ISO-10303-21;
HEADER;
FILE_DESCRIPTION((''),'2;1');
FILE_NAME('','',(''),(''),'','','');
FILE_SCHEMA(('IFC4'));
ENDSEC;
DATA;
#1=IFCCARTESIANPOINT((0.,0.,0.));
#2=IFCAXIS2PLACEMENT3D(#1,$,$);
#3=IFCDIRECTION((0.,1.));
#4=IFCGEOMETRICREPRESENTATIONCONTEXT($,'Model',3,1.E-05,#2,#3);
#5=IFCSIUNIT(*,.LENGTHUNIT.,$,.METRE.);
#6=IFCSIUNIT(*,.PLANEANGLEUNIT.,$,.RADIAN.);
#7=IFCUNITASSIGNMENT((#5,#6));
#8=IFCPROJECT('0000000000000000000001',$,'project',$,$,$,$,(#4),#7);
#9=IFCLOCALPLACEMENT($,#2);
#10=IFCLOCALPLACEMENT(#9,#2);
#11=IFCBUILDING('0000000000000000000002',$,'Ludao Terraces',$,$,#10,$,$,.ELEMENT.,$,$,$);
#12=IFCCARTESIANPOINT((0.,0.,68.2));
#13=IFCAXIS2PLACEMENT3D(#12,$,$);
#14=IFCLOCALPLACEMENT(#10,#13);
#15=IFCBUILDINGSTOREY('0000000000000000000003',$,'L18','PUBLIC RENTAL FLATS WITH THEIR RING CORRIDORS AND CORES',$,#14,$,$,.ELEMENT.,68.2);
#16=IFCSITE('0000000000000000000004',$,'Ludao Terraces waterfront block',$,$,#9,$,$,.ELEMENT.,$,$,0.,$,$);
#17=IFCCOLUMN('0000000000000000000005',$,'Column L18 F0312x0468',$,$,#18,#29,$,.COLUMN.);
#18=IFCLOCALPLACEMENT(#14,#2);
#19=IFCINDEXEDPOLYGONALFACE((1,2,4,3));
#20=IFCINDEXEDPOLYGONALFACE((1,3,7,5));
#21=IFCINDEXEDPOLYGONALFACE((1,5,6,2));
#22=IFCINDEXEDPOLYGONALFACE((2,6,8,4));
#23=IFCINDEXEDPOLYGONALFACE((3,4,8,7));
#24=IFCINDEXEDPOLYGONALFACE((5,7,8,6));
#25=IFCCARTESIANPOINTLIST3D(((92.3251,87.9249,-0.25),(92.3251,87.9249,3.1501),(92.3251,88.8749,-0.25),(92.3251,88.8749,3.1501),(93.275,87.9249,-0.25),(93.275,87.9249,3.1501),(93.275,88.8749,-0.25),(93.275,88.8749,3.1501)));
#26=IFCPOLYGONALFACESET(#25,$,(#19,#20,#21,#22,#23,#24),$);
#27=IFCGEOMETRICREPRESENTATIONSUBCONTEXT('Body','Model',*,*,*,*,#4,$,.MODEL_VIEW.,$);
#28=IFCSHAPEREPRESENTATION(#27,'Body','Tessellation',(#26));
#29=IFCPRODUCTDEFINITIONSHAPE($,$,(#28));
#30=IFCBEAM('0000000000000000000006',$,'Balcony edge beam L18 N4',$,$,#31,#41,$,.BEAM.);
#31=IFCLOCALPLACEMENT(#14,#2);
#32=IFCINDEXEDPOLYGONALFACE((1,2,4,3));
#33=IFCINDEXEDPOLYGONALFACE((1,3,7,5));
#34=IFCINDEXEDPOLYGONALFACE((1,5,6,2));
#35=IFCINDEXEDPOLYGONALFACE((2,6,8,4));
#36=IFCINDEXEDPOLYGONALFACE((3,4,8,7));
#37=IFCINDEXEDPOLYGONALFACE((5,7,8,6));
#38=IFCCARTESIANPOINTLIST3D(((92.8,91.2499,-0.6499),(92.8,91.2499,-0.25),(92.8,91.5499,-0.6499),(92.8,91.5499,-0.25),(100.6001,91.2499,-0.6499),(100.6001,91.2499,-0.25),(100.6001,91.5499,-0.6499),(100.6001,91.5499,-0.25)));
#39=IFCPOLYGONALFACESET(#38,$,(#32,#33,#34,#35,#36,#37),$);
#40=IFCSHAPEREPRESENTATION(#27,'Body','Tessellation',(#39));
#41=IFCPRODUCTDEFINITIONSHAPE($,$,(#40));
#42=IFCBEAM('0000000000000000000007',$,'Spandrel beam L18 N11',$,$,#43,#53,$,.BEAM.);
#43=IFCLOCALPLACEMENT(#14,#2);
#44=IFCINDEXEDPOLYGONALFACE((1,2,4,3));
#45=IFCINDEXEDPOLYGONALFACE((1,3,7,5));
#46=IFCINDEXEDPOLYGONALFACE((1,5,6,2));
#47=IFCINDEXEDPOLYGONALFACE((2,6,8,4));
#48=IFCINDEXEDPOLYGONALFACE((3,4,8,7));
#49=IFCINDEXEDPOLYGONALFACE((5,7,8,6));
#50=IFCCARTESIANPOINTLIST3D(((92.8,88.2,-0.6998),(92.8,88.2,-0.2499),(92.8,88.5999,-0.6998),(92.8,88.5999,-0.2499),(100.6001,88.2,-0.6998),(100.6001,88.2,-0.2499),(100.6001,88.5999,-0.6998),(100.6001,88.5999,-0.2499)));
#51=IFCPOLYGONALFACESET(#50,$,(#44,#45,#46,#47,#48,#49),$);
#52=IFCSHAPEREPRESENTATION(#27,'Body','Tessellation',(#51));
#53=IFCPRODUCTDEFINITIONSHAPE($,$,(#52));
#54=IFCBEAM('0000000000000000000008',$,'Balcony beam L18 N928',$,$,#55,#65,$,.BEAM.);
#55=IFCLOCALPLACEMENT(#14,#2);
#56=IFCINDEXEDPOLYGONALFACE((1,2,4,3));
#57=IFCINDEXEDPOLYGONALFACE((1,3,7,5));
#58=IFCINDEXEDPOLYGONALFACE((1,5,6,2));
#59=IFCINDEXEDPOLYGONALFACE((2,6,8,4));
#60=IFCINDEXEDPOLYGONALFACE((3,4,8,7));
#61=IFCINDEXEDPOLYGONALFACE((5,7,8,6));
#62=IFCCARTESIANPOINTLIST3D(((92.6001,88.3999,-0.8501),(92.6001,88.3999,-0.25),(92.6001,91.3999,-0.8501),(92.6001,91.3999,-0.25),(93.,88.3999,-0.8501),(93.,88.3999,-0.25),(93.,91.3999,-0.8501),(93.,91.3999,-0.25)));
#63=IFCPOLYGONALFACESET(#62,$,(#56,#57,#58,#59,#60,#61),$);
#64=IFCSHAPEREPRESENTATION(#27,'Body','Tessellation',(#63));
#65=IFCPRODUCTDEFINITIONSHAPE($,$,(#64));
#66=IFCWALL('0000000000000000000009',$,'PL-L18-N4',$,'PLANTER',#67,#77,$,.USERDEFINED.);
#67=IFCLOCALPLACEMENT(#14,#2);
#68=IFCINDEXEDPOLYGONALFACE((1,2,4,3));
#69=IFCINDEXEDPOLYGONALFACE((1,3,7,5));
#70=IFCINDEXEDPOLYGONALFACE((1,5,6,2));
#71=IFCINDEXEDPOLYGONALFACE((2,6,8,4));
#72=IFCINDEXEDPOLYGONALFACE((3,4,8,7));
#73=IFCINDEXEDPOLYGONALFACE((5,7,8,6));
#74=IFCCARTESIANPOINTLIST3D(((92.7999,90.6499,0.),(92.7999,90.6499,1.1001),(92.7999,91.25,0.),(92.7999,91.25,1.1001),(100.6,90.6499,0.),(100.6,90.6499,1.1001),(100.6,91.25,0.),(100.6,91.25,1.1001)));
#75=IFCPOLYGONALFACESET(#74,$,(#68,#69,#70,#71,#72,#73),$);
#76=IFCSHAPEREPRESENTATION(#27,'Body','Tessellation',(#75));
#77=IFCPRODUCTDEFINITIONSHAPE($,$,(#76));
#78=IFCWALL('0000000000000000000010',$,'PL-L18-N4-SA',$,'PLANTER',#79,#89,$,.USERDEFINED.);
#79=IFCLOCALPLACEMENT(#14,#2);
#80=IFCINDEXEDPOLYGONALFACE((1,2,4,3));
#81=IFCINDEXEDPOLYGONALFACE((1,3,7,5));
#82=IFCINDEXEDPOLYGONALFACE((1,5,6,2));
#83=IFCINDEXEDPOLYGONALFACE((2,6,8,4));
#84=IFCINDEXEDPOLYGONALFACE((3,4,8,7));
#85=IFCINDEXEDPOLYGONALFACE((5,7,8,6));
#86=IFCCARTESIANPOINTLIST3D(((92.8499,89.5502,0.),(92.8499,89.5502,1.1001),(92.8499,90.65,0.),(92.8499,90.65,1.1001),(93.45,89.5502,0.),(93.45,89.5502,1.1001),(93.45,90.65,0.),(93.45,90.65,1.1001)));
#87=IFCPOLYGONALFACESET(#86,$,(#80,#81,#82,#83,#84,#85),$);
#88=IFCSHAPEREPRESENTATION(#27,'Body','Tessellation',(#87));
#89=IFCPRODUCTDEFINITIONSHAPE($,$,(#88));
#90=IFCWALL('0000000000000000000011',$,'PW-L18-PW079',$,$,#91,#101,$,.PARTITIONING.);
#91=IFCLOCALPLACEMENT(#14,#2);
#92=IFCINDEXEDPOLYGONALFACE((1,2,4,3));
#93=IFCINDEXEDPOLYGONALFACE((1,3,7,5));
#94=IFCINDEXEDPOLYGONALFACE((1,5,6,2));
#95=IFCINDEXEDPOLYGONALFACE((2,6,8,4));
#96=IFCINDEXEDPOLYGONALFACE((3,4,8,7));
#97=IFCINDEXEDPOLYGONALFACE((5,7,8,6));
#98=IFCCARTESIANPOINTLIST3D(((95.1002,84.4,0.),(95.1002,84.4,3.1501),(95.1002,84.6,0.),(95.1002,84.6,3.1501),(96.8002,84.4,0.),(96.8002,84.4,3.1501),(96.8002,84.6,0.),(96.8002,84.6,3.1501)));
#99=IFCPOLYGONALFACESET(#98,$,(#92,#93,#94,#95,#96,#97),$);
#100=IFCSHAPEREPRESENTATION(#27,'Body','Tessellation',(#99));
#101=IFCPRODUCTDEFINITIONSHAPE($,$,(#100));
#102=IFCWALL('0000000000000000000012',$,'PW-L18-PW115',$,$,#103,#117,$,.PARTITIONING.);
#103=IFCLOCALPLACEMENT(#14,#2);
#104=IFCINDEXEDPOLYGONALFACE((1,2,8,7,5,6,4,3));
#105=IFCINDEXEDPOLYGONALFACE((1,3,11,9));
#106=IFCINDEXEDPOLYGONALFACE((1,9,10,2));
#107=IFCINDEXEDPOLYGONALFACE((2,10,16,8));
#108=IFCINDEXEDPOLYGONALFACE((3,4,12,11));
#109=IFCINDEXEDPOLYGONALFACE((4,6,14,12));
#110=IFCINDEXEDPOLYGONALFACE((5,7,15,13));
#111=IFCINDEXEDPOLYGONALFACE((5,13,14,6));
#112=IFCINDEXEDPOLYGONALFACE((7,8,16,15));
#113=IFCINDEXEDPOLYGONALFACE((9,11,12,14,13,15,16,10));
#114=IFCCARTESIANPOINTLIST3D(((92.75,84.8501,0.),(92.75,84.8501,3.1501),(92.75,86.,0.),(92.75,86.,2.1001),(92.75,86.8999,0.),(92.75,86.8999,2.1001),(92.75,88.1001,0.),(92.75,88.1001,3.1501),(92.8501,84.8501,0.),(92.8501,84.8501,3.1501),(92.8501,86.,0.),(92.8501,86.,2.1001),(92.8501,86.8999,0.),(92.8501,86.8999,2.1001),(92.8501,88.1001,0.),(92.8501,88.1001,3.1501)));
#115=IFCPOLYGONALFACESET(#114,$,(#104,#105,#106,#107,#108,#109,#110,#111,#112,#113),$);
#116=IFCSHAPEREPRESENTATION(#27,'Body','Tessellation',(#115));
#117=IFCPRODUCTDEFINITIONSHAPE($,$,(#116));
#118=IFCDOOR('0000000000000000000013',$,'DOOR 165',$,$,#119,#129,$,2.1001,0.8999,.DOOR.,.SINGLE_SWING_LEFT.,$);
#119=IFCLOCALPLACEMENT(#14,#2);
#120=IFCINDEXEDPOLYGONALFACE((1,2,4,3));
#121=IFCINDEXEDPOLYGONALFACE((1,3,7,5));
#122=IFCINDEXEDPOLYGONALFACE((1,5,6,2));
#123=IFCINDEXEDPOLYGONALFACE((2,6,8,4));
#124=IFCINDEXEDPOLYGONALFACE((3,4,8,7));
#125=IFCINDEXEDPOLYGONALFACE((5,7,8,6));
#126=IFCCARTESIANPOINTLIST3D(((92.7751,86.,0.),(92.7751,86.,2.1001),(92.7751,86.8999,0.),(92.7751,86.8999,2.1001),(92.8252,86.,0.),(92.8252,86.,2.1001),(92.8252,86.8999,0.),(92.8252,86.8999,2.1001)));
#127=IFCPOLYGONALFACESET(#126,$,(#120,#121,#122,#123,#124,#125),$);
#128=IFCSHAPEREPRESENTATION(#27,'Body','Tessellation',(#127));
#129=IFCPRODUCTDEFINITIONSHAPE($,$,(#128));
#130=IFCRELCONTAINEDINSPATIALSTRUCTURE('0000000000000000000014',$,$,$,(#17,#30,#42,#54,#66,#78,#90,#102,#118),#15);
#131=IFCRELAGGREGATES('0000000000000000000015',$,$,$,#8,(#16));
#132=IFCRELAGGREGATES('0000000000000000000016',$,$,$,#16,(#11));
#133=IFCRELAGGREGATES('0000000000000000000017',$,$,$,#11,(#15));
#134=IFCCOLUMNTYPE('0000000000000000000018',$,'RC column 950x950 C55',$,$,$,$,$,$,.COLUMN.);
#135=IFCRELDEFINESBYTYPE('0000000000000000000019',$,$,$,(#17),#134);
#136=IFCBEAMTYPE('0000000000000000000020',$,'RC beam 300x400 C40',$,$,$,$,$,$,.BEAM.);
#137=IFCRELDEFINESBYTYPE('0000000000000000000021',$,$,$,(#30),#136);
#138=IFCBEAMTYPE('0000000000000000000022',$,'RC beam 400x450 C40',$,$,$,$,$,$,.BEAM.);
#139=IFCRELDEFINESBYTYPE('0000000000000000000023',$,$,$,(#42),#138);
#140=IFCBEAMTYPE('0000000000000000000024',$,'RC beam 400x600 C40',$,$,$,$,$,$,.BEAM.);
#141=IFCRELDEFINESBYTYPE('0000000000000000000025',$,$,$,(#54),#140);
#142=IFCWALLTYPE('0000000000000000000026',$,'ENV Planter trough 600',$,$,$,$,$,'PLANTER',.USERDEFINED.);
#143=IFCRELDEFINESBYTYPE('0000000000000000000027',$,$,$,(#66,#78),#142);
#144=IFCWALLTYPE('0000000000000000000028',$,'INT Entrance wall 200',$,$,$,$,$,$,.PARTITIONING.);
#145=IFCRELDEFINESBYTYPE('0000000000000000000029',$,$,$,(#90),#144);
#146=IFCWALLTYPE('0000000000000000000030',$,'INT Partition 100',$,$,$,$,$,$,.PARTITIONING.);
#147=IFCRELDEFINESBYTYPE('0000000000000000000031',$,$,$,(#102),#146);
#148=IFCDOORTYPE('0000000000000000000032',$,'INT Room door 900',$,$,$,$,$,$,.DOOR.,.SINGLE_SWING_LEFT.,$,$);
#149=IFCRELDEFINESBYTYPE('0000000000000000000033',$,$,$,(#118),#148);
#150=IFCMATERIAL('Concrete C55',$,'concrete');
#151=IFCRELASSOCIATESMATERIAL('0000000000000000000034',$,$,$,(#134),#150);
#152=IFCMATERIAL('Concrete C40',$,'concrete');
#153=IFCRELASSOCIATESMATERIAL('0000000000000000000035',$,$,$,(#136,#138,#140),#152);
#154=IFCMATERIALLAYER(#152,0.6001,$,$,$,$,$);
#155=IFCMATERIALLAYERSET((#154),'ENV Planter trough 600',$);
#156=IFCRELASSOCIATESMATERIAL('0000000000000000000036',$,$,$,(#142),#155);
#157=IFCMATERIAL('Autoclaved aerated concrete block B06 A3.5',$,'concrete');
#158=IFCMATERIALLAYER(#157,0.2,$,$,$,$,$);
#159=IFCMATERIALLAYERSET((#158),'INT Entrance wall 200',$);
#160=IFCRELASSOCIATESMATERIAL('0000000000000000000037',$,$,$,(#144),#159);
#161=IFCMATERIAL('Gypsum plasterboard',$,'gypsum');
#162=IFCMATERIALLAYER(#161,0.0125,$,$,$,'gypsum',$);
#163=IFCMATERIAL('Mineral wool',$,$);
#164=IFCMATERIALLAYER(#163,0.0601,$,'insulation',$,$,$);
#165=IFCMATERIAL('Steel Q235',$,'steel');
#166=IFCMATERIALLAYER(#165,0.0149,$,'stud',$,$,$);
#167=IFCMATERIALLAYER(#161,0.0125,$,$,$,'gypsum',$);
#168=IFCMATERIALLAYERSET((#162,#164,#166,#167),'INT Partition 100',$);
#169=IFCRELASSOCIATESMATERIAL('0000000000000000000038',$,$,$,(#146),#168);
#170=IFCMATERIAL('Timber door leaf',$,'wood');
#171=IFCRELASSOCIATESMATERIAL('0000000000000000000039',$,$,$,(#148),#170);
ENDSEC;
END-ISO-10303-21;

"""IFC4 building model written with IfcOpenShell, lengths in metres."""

from ifc_helpers import new_model, si_unit, direction, frame, frame_2d, origin, origin_2d, place, context, subcontext, project, spatial, rectangle, extrude, material, layer, layer_set, material_profile, profile_set, type_object, element, fill, save


model = new_model("IFC4")

# Units and contexts
model_context = context("Model", 3, precision=1e-05, world=origin(), true_north=direction((0.0, 1.0)))
body_context = subcontext(model_context, "Body", "Model", "MODEL_VIEW")
ifc_project = project(units=[si_unit("LENGTHUNIT", "METRE"), si_unit("PLANEANGLEUNIT", "RADIAN")], contexts=[model_context])

# Site, building, storey
site_placement = place(None, origin())
site = spatial("IfcSite", under=ifc_project, at=site_placement, Name="Ludao Terraces waterfront block", CompositionType="ELEMENT", RefElevation=0.0)
building_placement = place(site_placement, origin())
building = spatial("IfcBuilding", under=site, at=building_placement, Name="Ludao Terraces", CompositionType="ELEMENT")
storey_placement = place(building_placement, frame((0.0, 0.0, 68.2)))
storey = spatial("IfcBuildingStorey", under=building, at=storey_placement, Name="L18", Description="PUBLIC RENTAL FLATS WITH THEIR RING CORRIDORS AND CORES", CompositionType="ELEMENT", Elevation=68.2)

# Column
ifc_material_1 = material(Name="Concrete C55", Category="concrete")
ifc_material_profile_1 = material_profile(ifc_material_1, rectangle(XDim=0.95, YDim=0.95, at=origin_2d()), Name="950 X 950")
ifc_profile_set_1 = profile_set([ifc_material_profile_1], Name="Concrete C55")
column_type = type_object("IfcColumnType", Name="RC column 950x950 C55", PredefinedType="COLUMN", material=ifc_profile_set_1)
column_placement = place(storey_placement, frame((92.8, 88.3999, -0.25), z_axis=(0.0, 0.0, 1.0), x_axis=(1.0, 0.0, 0.0)))
element("IfcColumn", 1, at=column_placement, inside=storey, type_object=column_type, Name="Column L18 F0312x0468", PredefinedType="COLUMN", context=body_context, shape_type="SweptSolid", body=[
    extrude(rectangle(XDim=0.95, YDim=0.95, at=origin_2d()), origin(), (0.0, 0.0, 1.0), 3.4001),
])

# Beams
ifc_material_2 = material(Name="Concrete C40", Category="concrete")
ifc_material_profile_2 = material_profile(ifc_material_2, rectangle(XDim=0.3, YDim=0.3999, at=origin_2d()), Name="300 X 400")
ifc_profile_set_2 = profile_set([ifc_material_profile_2], Name="Concrete C40")
beam_type_1 = type_object("IfcBeamType", Name="RC beam 300x400 C40", PredefinedType="BEAM", material=ifc_profile_set_2)
beam_1_placement = place(storey_placement, frame((92.8, 91.3999, -0.45), z_axis=(1.0, 0.0, 0.0), x_axis=(0.0, 1.0, 0.0)))
element("IfcBeam", 2, at=beam_1_placement, inside=storey, type_object=beam_type_1, Name="Balcony edge beam L18 N4", PredefinedType="BEAM", context=body_context, shape_type="SweptSolid", body=[
    extrude(rectangle(XDim=0.3, YDim=0.3999, at=origin_2d()), origin(), (0.0, 0.0, 1.0), 7.8),
])
ifc_material_profile_3 = material_profile(ifc_material_2, rectangle(XDim=0.3999, YDim=0.45, at=origin_2d()), Name="400 X 450")
ifc_profile_set_3 = profile_set([ifc_material_profile_3], Name="Concrete C40")
beam_type_2 = type_object("IfcBeamType", Name="RC beam 400x450 C40", PredefinedType="BEAM", material=ifc_profile_set_3)
beam_2_placement = place(storey_placement, frame((92.8, 88.3999, -0.4749), z_axis=(1.0, 0.0, 0.0), x_axis=(0.0, 1.0, 0.0)))
element("IfcBeam", 3, at=beam_2_placement, inside=storey, type_object=beam_type_2, Name="Spandrel beam L18 N11", PredefinedType="BEAM", context=body_context, shape_type="SweptSolid", body=[
    extrude(rectangle(XDim=0.3999, YDim=0.45, at=origin_2d()), origin(), (0.0, 0.0, 1.0), 7.8),
])
ifc_material_profile_4 = material_profile(ifc_material_2, rectangle(XDim=0.3999, YDim=0.6001, at=origin_2d()), Name="400 X 600")
ifc_profile_set_4 = profile_set([ifc_material_profile_4], Name="Concrete C40")
beam_type_3 = type_object("IfcBeamType", Name="RC beam 400x600 C40", PredefinedType="BEAM", material=ifc_profile_set_4)
beam_3_placement = place(storey_placement, frame((92.8, 88.3999, -0.55), z_axis=(0.0, 1.0, 0.0), x_axis=(-1.0, 0.0, 0.0)))
element("IfcBeam", 4, at=beam_3_placement, inside=storey, type_object=beam_type_3, Name="Balcony beam L18 N928", PredefinedType="BEAM", context=body_context, shape_type="SweptSolid", body=[
    extrude(rectangle(XDim=0.3999, YDim=0.6001, at=origin_2d()), origin(), (0.0, 0.0, 1.0), 3.0),
])

# Walls
ifc_layer_1 = layer(ifc_material_2, 0.6001)
ifc_layer_set_1 = layer_set([ifc_layer_1], Name="ENV Planter trough 600")
wall_type_1 = type_object("IfcWallType", Name="ENV Planter trough 600", ElementType="PLANTER", PredefinedType="USERDEFINED", material=ifc_layer_set_1)
wall_1_placement = place(storey_placement, frame((92.8, 90.95, 0.0), z_axis=(0.0, 0.0, 1.0), x_axis=(1.0, 0.0, 0.0)))
element("IfcWall", 5, at=wall_1_placement, inside=storey, type_object=wall_type_1, Name="PL-L18-N4", ObjectType="PLANTER", PredefinedType="USERDEFINED", context=body_context, shape_type="SweptSolid", body=[
    extrude(rectangle(XDim=7.8, YDim=0.6001, at=frame_2d((3.8999, 0.0))), origin(), (0.0, 0.0, 1.0), 1.1001),
])
wall_2_placement = place(storey_placement, frame((93.1499, 90.6499, 0.0), z_axis=(0.0, 0.0, 1.0), x_axis=(0.0, -1.0, 0.0)))
element("IfcWall", 6, at=wall_2_placement, inside=storey, type_object=wall_type_1, Name="PL-L18-N4-SA", ObjectType="PLANTER", PredefinedType="USERDEFINED", context=body_context, shape_type="SweptSolid", body=[
    extrude(rectangle(XDim=1.0999, YDim=0.6001, at=frame_2d((0.5498, 0.0))), origin(), (0.0, 0.0, 1.0), 1.1001),
])

# Shared definitions
ifc_material_3 = material(Name="Mineral wool")

# Wall
ifc_material_4 = material(Name="Autoclaved aerated concrete block B06 A3.5", Category="concrete")
ifc_layer_2 = layer(ifc_material_4, 0.2)
ifc_layer_set_2 = layer_set([ifc_layer_2], Name="INT Entrance wall 200")
wall_type_2 = type_object("IfcWallType", Name="INT Entrance wall 200", PredefinedType="PARTITIONING", material=ifc_layer_set_2)
wall_3_placement = place(storey_placement, frame((95.1001, 84.5, 0.0), z_axis=(0.0, 0.0, 1.0), x_axis=(1.0, 0.0, 0.0)))
element("IfcWall", 7, at=wall_3_placement, inside=storey, type_object=wall_type_2, Name="PW-L18-PW079", PredefinedType="PARTITIONING", context=body_context, shape_type="SweptSolid", body=[
    extrude(rectangle(XDim=1.7, YDim=0.2, at=frame_2d((0.8501, 0.0))), origin(), (0.0, 0.0, 1.0), 3.1501),
])

# Wall, opening, door
ifc_material_5 = material(Name="Gypsum plasterboard", Category="gypsum")
ifc_layer_3 = layer(ifc_material_5, 0.0125, Category="gypsum")
ifc_layer_4 = layer(ifc_material_3, 0.0601, Name="insulation")
ifc_material_6 = material(Name="Steel Q235", Category="steel")
ifc_layer_5 = layer(ifc_material_6, 0.0149, Name="stud")
ifc_layer_6 = layer(ifc_material_5, 0.0125, Category="gypsum")
ifc_layer_set_3 = layer_set([ifc_layer_3, ifc_layer_4, ifc_layer_5, ifc_layer_6], Name="INT Partition 100")
wall_type_3 = type_object("IfcWallType", Name="INT Partition 100", PredefinedType="PARTITIONING", material=ifc_layer_set_3)
wall_4_placement = place(storey_placement, frame((92.8, 84.8501, 0.0), z_axis=(0.0, 0.0, 1.0), x_axis=(0.0, 1.0, 0.0)))
wall_4 = element("IfcWall", 8, at=wall_4_placement, inside=storey, type_object=wall_type_3, Name="PW-L18-PW115", PredefinedType="PARTITIONING", context=body_context, shape_type="SweptSolid", body=[
    extrude(rectangle(XDim=3.25, YDim=0.1001, at=frame_2d((1.625, 0.0))), origin(), (0.0, 0.0, 1.0), 3.1501),
])
opening_1_placement = place(wall_4_placement, frame((1.1499, 0.0, 0.0)))
opening_1 = element("IfcOpeningElement", 9, at=opening_1_placement, cuts=wall_4, PredefinedType="OPENING", context=body_context, shape_type="SweptSolid", body=[
    extrude(rectangle(XDim=0.8999, YDim=2.1001, at=frame_2d((0.45, 1.05))), frame((0.0, 0.0601, 0.0), z_axis=(0.0, -1.0, 0.0), x_axis=(1.0, 0.0, 0.0)), (0.0, 0.0, 1.0), 0.1201),
])
ifc_material_7 = material(Name="Timber door leaf", Category="wood")
door_type_1 = type_object("IfcDoorType", Name="INT Room door 900", OperationType="SINGLE_SWING_LEFT", PredefinedType="DOOR", material=ifc_material_7)
door_1_placement = place(opening_1_placement, origin())
door_1 = element("IfcDoor", 10, at=door_1_placement, inside=storey, type_object=door_type_1, Name="DOOR 165", OperationType="SINGLE_SWING_LEFT", OverallHeight=2.1001, OverallWidth=0.8999, PredefinedType="DOOR", context=body_context, shape_type="SweptSolid", body=[
    extrude(rectangle(XDim=0.8999, YDim=2.1001, at=frame_2d((0.45, 1.05))), frame((0.0, 0.0249, 0.0), z_axis=(0.0, -1.0, 0.0), x_axis=(1.0, 0.0, 0.0)), (0.0, 0.0, 1.0), 0.05),
])
fill(opening_1, door_1)

save(model, "model.ifc")
